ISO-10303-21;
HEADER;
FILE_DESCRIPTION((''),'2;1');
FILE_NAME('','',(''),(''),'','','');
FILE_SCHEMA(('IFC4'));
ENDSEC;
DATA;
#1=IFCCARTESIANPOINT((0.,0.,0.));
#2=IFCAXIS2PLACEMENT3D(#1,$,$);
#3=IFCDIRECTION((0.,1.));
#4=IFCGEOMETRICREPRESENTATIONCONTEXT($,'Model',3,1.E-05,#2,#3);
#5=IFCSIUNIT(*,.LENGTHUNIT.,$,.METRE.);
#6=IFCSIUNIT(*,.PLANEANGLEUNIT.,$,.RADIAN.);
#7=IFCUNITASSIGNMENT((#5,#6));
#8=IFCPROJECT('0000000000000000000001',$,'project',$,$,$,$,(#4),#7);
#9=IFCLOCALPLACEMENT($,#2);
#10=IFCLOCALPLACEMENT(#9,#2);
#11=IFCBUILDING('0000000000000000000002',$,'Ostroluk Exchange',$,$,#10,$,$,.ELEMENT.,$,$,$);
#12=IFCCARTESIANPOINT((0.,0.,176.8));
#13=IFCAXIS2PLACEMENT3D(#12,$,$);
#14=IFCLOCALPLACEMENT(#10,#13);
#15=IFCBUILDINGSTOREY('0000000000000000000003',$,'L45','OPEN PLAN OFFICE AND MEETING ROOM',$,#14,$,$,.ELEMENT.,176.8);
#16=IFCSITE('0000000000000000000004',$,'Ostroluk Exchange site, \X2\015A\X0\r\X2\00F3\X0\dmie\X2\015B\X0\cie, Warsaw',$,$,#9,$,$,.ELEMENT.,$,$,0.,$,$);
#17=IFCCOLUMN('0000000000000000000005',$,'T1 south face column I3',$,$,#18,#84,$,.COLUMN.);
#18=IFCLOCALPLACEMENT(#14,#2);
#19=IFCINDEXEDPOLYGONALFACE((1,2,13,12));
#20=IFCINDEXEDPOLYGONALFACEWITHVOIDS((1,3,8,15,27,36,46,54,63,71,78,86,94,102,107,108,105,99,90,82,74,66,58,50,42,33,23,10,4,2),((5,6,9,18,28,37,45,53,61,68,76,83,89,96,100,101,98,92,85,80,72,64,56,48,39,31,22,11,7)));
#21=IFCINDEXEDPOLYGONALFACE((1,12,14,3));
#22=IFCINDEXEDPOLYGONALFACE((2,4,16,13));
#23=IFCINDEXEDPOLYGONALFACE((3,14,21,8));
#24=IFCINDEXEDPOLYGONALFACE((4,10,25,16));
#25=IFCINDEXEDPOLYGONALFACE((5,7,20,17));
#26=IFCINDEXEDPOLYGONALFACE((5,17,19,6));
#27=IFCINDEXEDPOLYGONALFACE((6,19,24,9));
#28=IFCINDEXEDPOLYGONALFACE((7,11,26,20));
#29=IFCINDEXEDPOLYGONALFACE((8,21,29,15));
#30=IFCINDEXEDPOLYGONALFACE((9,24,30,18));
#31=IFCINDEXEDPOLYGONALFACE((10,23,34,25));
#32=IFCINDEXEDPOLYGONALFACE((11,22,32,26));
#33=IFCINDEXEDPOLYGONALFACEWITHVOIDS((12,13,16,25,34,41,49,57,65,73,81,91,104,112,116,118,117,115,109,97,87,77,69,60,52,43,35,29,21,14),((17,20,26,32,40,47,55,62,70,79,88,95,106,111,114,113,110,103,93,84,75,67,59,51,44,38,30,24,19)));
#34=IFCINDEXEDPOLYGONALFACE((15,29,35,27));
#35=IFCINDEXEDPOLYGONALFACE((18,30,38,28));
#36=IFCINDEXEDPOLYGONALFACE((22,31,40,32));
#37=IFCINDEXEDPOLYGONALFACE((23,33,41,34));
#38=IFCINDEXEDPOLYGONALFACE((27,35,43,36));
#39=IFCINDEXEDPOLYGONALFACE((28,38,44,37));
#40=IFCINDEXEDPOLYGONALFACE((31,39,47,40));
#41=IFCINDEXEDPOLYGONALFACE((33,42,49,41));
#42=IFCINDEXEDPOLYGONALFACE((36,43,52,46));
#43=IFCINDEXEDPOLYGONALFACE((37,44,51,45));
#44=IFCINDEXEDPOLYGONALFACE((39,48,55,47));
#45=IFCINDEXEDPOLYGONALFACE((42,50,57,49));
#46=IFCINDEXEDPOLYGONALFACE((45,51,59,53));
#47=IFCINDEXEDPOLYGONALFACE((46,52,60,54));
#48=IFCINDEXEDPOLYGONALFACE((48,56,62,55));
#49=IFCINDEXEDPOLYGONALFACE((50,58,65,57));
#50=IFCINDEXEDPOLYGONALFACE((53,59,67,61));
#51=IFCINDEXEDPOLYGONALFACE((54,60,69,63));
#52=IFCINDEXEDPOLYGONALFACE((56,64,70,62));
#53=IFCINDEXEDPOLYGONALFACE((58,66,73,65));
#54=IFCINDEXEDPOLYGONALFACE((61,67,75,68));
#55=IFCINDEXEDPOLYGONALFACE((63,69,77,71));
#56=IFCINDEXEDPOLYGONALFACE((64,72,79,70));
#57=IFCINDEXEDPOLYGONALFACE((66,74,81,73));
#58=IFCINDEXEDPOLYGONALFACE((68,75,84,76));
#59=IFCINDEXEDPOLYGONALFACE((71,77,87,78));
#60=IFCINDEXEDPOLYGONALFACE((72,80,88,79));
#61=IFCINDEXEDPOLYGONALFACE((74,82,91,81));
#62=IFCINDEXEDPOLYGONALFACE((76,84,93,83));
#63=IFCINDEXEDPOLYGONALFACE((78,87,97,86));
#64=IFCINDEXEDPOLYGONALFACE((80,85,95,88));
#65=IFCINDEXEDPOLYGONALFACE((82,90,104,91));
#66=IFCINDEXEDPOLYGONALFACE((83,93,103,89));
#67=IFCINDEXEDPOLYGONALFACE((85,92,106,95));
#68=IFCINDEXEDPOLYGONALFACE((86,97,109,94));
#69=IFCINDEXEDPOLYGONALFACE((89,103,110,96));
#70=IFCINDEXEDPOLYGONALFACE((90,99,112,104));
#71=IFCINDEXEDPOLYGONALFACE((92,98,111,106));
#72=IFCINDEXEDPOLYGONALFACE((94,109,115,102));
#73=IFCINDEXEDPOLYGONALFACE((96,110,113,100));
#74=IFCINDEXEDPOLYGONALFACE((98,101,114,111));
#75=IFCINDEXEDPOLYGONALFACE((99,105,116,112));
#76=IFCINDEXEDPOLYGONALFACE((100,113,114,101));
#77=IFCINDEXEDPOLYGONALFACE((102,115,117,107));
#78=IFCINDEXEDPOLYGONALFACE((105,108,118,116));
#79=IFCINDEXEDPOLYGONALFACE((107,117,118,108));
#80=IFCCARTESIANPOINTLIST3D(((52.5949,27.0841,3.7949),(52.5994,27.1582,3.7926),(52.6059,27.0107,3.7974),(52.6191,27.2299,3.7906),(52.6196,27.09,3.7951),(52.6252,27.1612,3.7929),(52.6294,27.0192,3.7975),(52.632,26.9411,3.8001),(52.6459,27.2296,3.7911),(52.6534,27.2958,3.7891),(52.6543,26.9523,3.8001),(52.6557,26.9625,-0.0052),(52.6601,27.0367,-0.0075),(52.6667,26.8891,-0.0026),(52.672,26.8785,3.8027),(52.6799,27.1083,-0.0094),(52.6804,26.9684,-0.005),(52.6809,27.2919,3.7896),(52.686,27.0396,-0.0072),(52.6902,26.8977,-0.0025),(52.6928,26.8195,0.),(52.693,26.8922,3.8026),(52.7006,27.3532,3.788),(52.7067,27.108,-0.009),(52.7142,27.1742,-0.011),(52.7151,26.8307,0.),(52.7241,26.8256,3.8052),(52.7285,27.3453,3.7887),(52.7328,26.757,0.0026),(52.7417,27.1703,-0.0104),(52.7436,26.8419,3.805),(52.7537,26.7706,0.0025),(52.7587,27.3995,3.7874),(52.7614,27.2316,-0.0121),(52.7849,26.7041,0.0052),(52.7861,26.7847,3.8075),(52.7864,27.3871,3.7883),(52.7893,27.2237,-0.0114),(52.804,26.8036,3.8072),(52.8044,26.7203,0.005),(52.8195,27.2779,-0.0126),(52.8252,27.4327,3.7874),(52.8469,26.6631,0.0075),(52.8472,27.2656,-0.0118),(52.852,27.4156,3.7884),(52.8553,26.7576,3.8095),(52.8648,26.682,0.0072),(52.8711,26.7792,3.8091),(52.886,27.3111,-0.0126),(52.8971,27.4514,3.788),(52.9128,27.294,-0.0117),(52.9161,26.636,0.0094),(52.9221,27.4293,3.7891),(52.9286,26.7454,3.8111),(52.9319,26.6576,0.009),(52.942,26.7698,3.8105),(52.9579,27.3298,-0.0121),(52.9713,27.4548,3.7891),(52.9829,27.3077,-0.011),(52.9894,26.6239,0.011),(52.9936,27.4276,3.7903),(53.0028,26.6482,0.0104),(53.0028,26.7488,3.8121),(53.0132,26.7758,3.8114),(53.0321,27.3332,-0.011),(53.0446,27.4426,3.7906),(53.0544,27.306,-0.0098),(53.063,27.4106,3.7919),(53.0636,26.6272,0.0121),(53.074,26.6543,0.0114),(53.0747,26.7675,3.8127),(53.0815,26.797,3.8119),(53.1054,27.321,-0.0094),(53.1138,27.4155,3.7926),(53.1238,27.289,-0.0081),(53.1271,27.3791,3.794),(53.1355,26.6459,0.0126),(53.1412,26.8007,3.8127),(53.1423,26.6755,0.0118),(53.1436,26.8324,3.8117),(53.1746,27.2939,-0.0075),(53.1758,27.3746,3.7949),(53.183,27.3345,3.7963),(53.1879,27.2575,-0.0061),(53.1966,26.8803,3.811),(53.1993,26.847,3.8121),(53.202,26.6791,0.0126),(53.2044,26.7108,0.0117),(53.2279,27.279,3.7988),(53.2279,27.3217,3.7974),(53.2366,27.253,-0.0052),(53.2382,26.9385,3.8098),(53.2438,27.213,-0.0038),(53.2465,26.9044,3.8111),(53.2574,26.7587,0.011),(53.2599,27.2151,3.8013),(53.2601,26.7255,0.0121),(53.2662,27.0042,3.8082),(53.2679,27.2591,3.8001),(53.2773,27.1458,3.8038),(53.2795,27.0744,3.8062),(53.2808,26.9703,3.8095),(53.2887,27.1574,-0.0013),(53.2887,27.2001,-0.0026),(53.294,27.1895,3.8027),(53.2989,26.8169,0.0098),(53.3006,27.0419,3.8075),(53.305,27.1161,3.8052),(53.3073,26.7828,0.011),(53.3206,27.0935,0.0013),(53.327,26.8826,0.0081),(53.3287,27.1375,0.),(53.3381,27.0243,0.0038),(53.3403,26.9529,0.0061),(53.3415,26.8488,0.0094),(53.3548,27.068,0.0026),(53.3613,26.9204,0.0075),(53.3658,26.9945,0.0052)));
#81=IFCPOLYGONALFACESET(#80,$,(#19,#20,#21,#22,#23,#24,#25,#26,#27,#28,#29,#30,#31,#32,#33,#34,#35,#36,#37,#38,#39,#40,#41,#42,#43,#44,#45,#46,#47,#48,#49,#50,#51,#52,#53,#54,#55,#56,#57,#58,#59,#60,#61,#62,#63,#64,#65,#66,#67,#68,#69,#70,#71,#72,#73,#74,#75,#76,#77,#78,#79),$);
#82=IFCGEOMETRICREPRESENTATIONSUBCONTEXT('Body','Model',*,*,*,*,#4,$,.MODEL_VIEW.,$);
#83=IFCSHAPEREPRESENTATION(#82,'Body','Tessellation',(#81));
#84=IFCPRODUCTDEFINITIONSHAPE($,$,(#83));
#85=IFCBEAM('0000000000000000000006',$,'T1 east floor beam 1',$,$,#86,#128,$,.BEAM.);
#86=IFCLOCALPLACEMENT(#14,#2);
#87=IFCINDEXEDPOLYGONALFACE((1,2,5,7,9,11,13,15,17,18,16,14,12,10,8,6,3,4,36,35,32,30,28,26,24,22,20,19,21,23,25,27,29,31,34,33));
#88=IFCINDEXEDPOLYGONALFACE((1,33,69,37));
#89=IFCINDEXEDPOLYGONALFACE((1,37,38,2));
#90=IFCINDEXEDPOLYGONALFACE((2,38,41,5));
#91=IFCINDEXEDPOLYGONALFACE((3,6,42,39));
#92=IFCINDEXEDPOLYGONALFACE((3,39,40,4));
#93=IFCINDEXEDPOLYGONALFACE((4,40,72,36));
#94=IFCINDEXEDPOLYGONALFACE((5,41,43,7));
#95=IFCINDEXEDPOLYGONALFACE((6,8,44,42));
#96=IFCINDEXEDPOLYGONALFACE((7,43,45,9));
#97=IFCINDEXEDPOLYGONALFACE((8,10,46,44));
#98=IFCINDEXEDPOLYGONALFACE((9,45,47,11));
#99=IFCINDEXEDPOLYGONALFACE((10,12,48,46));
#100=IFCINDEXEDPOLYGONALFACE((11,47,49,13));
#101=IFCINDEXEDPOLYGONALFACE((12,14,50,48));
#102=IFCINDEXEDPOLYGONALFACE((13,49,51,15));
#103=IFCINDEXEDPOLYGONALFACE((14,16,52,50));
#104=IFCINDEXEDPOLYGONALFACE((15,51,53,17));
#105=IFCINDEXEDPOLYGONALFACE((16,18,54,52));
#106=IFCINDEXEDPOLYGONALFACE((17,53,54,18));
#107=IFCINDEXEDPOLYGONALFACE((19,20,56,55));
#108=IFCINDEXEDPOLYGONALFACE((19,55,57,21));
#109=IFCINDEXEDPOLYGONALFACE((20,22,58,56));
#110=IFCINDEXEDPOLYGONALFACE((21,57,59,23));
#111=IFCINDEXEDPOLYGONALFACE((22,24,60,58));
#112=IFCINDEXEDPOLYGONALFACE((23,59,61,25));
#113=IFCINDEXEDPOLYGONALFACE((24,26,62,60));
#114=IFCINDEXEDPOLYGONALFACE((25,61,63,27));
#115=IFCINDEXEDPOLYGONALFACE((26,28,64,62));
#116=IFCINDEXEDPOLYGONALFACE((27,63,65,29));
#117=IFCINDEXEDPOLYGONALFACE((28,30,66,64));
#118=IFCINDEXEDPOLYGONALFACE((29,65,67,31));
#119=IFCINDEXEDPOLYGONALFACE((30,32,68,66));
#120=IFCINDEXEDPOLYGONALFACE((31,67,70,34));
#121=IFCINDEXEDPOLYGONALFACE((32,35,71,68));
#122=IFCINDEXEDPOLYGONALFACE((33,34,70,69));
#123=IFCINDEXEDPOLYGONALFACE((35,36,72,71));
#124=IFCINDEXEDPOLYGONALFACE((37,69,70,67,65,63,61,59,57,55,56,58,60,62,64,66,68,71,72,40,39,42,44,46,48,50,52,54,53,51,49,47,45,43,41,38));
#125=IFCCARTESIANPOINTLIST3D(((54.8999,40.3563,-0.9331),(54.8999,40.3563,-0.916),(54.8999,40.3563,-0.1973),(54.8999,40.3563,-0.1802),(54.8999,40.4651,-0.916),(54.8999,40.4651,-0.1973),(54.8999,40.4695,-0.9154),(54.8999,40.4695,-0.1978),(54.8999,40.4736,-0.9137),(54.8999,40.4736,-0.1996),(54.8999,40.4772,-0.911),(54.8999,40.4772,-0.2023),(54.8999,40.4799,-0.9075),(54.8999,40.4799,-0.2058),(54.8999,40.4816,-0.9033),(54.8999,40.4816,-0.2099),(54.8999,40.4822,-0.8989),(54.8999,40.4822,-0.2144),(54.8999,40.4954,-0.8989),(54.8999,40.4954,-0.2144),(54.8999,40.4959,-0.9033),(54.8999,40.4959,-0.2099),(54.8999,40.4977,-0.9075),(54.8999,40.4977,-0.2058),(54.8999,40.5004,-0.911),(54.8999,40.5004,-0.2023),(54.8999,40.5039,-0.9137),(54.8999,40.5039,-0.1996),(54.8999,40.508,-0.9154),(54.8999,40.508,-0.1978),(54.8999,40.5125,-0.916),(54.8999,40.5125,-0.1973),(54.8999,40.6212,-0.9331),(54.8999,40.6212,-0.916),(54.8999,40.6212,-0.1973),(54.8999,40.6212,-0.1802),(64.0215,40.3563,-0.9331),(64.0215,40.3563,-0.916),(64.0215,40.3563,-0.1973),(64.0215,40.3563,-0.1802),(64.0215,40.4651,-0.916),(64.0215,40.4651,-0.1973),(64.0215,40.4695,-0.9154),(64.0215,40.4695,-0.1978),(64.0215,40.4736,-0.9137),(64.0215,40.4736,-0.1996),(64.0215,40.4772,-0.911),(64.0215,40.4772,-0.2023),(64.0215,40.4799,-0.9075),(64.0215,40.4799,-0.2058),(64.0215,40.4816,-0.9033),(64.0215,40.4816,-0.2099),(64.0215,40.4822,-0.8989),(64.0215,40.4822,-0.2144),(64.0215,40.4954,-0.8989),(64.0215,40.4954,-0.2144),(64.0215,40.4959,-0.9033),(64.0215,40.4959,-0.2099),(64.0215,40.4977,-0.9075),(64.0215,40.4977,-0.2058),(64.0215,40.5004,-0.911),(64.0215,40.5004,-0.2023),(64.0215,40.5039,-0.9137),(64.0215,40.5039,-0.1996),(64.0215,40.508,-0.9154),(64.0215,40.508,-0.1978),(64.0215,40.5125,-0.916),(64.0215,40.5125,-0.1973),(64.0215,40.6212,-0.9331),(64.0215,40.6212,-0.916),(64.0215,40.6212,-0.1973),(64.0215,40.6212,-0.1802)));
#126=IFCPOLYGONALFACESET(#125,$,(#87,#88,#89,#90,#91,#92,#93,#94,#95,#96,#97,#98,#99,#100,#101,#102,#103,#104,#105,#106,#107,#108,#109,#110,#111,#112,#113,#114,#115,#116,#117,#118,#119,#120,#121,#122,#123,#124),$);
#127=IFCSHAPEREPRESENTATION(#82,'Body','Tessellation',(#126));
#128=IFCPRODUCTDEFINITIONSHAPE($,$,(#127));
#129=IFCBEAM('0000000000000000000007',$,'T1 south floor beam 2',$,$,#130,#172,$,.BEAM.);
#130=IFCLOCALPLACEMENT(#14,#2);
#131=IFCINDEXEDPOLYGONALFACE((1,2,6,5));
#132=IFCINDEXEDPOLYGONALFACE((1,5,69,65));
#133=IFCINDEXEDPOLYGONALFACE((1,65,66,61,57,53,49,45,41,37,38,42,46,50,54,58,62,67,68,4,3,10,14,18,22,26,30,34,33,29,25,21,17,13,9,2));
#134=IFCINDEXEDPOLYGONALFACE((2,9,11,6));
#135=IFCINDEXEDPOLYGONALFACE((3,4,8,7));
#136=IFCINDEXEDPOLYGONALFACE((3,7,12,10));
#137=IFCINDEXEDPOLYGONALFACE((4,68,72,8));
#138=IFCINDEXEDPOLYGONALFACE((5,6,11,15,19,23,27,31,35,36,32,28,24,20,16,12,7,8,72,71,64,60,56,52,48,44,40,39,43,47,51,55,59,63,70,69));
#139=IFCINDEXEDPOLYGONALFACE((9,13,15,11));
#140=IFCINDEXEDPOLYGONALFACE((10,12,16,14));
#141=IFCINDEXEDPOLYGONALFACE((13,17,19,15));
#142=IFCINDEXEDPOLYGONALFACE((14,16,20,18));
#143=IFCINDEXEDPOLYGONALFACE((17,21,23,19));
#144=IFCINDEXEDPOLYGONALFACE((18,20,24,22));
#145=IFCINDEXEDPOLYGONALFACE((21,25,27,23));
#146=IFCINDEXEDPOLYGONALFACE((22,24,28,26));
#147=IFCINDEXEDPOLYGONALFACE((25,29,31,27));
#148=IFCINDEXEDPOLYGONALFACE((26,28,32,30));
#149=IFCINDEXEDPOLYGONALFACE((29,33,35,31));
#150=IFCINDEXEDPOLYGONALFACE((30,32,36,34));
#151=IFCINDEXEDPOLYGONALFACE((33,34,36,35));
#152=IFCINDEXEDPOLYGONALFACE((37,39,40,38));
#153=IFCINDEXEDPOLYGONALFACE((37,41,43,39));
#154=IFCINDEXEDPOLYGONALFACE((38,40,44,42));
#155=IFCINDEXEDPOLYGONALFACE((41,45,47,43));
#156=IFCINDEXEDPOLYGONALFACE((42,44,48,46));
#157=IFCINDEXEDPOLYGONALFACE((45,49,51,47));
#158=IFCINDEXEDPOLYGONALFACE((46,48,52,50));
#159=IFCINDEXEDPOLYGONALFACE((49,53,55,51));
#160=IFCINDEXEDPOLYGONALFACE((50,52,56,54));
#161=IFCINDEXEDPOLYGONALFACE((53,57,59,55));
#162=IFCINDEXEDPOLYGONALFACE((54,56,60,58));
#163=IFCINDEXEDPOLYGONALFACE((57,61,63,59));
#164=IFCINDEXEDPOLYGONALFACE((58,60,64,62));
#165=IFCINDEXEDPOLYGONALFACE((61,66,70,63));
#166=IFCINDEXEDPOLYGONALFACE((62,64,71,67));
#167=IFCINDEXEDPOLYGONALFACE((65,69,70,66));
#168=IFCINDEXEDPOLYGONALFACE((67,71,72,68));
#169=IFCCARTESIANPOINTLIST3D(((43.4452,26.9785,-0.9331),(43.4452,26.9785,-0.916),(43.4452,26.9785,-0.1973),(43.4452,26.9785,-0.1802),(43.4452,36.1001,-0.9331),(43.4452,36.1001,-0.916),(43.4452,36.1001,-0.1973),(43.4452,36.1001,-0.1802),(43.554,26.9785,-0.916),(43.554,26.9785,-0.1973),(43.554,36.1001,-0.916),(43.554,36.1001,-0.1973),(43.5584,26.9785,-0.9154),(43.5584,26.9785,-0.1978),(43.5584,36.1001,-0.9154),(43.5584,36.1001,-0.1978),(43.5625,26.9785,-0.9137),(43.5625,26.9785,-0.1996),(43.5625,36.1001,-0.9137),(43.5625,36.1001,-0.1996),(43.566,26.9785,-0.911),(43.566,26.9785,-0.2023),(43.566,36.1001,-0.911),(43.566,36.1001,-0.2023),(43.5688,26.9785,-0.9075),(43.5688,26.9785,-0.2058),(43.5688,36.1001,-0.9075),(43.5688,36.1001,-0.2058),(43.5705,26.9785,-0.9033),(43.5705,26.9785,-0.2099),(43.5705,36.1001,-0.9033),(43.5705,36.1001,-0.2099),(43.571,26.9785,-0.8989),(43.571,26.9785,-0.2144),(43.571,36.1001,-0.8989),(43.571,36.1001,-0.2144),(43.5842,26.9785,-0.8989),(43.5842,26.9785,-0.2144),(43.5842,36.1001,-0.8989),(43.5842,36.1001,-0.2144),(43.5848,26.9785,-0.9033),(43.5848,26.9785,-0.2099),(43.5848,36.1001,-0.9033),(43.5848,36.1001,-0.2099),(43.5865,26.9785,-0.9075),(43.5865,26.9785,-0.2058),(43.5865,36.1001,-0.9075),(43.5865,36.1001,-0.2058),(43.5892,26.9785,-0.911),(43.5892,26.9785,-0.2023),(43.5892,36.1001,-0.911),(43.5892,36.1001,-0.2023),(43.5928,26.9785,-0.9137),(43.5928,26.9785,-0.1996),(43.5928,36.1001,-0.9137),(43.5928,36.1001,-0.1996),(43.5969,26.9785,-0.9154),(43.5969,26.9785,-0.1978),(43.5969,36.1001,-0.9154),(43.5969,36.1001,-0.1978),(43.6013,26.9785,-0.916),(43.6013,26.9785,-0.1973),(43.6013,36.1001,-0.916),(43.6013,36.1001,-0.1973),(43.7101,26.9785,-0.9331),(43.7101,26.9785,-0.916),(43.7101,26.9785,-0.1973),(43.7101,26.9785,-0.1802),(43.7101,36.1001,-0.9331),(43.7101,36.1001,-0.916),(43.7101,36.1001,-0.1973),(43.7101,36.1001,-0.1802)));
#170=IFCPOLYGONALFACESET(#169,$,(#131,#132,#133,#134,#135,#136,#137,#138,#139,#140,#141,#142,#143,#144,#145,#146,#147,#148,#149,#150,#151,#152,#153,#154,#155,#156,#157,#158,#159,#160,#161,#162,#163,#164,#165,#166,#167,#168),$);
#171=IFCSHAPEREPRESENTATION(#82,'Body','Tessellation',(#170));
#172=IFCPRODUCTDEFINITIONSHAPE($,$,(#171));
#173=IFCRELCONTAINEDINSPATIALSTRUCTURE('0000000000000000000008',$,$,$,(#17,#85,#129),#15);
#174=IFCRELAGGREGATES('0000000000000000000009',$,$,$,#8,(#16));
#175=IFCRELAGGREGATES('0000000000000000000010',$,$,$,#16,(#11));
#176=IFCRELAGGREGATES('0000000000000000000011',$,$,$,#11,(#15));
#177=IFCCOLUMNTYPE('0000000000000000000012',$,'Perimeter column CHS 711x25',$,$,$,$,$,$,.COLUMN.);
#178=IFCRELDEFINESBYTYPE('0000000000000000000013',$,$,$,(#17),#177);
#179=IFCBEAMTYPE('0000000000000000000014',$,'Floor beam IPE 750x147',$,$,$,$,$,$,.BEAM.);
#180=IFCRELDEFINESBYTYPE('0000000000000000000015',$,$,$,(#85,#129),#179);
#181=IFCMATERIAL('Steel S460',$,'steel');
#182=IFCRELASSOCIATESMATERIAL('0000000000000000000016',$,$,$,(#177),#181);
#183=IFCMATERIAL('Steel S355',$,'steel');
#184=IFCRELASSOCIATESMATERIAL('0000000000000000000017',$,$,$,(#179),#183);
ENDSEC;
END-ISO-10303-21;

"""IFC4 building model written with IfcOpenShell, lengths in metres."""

from ifc_helpers import new_model, si_unit, direction, frame, origin, origin_2d, place, context, subcontext, project, spatial, hollow_circle, i_section, extrude, material, material_profile, profile_set, type_object, element, save


model = new_model("IFC4")

# Units and contexts
model_context = context("Model", 3, precision=1e-05, world=origin(), true_north=direction((0.0, 1.0)))
body_context = subcontext(model_context, "Body", "Model", "MODEL_VIEW")
ifc_project = project(units=[si_unit("LENGTHUNIT", "METRE"), si_unit("PLANEANGLEUNIT", "RADIAN")], contexts=[model_context])

# Site, building, storey
site_placement = place(None, origin())
site = spatial("IfcSite", under=ifc_project, at=site_placement, Name="Ostroluk Exchange site, Śródmieście, Warsaw", CompositionType="ELEMENT", RefElevation=0.0)
building_placement = place(site_placement, origin())
building = spatial("IfcBuilding", under=site, at=building_placement, Name="Ostroluk Exchange", CompositionType="ELEMENT")
storey_placement = place(building_placement, frame((0.0, 0.0, 176.8)))
storey = spatial("IfcBuildingStorey", under=building, at=storey_placement, Name="L45", Description="OPEN PLAN OFFICE AND MEETING ROOM", CompositionType="ELEMENT", Elevation=176.8)

# Column
ifc_material_1 = material(Name="Steel S460", Category="steel")
ifc_material_profile_1 = material_profile(ifc_material_1, hollow_circle(Radius=0.3555, WallThickness=0.0249, at=origin_2d()), Name="CHS 711x25")
ifc_profile_set_1 = profile_set([ifc_material_profile_1], Name="Steel S460")
column_type = type_object("IfcColumnType", Name="Perimeter column CHS 711x25", PredefinedType="COLUMN", material=ifc_profile_set_1)
column_placement = place(storey_placement, frame((53.0107, 26.9785, 0.0), z_axis=(-0.015987, 0.031974, 0.999361), x_axis=(-0.894427, -0.447214, 0.0)))
element("IfcColumn", 1, at=column_placement, inside=storey, type_object=column_type, Name="T1 south face column I3", PredefinedType="COLUMN", context=body_context, shape_type="SweptSolid", body=[
    extrude(hollow_circle(Radius=0.3555, WallThickness=0.0249, at=origin_2d()), origin(), (0.0, 0.0, 1.0), 3.8025),
])

# Beams
ifc_material_2 = material(Name="Steel S355", Category="steel")
ifc_material_profile_2 = material_profile(ifc_material_2, i_section(OverallWidth=0.2649, OverallDepth=0.7529, WebThickness=0.0132, FlangeThickness=0.0171, FilletRadius=0.0171, at=origin_2d()), Name="IPE 750x147")
ifc_profile_set_2 = profile_set([ifc_material_profile_2], Name="Steel S355")
beam_type_1 = type_object("IfcBeamType", Name="Floor beam IPE 750x147", PredefinedType="BEAM", material=ifc_profile_set_2)
for number, where, z_axis, x_axis, name in (
    (2, (54.8999, 40.4888, -0.5566), (1.0, 0.0, 0.0), (0.0, 1.0, 0.0), "T1 east floor beam 1"),
    (3, (43.5776, 36.1001, -0.5566), (0.0, -1.0, 0.0), (1.0, 0.0, 0.0), "T1 south floor beam 2"),
):
    element("IfcBeam", number, at=place(storey_placement, frame(where, z_axis=z_axis, x_axis=x_axis)), inside=storey, type_object=beam_type_1, Name=name, PredefinedType="BEAM", context=body_context, shape_type="SweptSolid", body=[
        extrude(i_section(OverallWidth=0.2649, OverallDepth=0.7529, WebThickness=0.0132, FlangeThickness=0.0171, FilletRadius=0.0171, at=origin_2d()), origin(), (0.0, 0.0, 1.0), 9.1216),
    ])

save(model, "model.ifc")
